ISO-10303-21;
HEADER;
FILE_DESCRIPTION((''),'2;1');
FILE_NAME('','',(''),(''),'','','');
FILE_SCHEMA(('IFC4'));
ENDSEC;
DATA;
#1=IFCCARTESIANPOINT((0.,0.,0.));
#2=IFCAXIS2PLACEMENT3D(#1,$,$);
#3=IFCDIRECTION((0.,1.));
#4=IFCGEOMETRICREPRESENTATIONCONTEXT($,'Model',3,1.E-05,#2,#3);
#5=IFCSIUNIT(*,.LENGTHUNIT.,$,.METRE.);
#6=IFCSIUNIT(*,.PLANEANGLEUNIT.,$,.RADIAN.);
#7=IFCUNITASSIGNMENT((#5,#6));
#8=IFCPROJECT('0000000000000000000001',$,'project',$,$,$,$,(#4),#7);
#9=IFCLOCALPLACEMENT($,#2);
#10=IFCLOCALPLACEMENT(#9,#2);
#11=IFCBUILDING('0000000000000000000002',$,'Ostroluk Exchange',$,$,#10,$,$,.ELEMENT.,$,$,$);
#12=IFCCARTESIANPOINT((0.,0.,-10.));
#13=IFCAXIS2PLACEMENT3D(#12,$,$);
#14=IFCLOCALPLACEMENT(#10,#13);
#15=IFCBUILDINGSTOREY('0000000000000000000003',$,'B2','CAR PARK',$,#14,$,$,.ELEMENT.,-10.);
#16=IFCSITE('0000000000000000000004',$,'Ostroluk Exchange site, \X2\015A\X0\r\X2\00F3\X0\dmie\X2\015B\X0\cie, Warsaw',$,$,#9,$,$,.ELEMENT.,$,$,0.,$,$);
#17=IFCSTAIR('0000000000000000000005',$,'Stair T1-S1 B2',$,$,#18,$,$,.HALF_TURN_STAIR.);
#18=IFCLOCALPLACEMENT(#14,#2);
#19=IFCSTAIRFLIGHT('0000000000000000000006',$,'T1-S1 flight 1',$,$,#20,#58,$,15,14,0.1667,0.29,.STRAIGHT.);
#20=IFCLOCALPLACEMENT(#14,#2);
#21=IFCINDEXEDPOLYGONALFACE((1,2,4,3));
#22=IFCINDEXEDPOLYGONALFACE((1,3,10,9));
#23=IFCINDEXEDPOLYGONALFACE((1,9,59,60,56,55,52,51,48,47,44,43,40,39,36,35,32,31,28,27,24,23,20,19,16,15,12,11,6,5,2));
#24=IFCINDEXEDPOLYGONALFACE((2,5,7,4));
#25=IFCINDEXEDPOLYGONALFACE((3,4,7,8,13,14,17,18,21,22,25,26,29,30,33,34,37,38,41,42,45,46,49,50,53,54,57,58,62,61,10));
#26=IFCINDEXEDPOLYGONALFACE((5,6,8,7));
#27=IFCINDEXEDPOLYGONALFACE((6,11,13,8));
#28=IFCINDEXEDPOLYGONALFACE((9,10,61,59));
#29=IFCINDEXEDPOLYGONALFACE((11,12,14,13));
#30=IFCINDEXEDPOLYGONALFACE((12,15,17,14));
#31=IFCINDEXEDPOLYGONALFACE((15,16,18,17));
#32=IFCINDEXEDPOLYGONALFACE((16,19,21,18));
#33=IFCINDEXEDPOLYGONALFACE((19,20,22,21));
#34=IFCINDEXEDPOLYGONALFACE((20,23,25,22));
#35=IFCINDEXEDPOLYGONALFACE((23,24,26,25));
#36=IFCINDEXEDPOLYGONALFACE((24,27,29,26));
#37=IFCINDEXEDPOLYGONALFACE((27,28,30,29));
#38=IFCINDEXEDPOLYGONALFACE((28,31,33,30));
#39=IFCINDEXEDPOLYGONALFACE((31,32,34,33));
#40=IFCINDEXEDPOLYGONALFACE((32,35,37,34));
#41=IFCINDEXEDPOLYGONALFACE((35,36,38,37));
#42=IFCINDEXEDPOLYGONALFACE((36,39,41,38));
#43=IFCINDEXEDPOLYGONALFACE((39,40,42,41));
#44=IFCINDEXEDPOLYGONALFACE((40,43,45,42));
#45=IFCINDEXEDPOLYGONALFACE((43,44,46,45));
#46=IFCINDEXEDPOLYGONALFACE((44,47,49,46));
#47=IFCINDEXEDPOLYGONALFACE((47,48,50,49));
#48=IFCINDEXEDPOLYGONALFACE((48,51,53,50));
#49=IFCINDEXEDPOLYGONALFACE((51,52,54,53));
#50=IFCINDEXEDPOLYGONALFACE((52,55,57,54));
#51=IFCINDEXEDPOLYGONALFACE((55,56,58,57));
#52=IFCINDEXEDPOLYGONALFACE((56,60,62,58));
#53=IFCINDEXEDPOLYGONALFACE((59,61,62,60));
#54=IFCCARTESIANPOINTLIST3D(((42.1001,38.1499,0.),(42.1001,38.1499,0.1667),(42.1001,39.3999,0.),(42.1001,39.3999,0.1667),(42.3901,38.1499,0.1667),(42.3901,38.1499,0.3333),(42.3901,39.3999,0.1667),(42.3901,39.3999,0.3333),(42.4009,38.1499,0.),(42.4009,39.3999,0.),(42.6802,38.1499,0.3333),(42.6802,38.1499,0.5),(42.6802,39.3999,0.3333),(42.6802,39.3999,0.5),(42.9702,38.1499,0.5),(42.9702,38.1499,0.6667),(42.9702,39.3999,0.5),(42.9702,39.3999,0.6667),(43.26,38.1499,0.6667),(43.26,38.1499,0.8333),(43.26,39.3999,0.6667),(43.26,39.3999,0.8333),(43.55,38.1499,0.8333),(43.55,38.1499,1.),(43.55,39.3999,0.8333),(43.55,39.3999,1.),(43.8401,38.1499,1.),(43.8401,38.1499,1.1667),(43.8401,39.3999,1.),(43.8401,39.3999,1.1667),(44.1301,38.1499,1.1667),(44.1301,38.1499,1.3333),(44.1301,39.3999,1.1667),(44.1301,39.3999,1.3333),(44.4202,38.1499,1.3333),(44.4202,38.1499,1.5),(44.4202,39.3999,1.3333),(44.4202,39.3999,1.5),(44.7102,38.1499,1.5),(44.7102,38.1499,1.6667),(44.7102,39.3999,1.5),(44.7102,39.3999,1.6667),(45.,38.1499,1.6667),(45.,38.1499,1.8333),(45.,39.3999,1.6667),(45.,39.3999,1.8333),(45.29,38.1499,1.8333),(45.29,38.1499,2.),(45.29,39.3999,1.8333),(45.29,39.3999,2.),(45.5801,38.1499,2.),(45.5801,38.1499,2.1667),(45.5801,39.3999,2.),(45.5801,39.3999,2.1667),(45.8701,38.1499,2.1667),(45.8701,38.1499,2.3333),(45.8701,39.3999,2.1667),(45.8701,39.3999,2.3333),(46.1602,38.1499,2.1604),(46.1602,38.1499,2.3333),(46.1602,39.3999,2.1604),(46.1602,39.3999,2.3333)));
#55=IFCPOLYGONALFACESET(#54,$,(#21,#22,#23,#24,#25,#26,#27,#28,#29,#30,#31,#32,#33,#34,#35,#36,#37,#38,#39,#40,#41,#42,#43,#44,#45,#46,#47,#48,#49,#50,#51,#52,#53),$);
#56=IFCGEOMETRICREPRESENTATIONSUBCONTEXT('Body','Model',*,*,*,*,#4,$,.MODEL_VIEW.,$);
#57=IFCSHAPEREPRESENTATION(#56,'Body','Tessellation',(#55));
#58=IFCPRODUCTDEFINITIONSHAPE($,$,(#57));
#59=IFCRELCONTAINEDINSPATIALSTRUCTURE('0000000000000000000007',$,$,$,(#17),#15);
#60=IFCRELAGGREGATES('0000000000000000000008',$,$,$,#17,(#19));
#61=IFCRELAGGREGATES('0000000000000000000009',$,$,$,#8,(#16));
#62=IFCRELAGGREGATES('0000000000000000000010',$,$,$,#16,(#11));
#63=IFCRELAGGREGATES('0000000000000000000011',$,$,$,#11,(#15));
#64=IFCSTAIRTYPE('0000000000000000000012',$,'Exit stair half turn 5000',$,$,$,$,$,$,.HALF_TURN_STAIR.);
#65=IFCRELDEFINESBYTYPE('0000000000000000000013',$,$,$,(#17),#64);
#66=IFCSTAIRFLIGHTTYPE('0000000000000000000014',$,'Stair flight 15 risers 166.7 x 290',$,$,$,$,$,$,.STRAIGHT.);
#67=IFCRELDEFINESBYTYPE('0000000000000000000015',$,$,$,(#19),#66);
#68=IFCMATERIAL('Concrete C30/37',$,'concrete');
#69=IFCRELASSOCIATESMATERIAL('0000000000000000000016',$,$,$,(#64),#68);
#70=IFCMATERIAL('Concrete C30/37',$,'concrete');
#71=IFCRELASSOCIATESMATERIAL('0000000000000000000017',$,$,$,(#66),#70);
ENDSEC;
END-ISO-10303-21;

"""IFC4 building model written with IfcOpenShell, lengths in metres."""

from ifc_helpers import new_model, si_unit, direction, frame, origin, place, context, subcontext, project, spatial, polyline, outline, extrude, material, type_object, element, aggregate, save


model = new_model("IFC4")

# Units and contexts
model_context = context("Model", 3, precision=1e-05, world=origin(), true_north=direction((0.0, 1.0)))
body_context = subcontext(model_context, "Body", "Model", "MODEL_VIEW")
ifc_project = project(units=[si_unit("LENGTHUNIT", "METRE"), si_unit("PLANEANGLEUNIT", "RADIAN")], contexts=[model_context])

# Site, building, storey
site_placement = place(None, origin())
site = spatial("IfcSite", under=ifc_project, at=site_placement, Name="Ostroluk Exchange site, Śródmieście, Warsaw", CompositionType="ELEMENT", RefElevation=0.0)
building_placement = place(site_placement, origin())
building = spatial("IfcBuilding", under=site, at=building_placement, Name="Ostroluk Exchange", CompositionType="ELEMENT")
storey_placement = place(building_placement, frame((0.0, 0.0, -10.0)))
storey = spatial("IfcBuildingStorey", under=building, at=storey_placement, Name="B2", Description="CAR PARK", CompositionType="ELEMENT", Elevation=-10.0)

# Stair, stair flight
ifc_material_1 = material(Name="Concrete C30/37", Category="concrete")
stair_type = type_object("IfcStairType", Name="Exit stair half turn 5000", PredefinedType="HALF_TURN_STAIR", material=ifc_material_1)
stair_placement = place(storey_placement, origin())
stair = element("IfcStair", 1, at=stair_placement, inside=storey, type_object=stair_type, Name="Stair T1-S1 B2", PredefinedType="HALF_TURN_STAIR")
ifc_material_2 = material(Name="Concrete C30/37", Category="concrete")
stair_flight_type = type_object("IfcStairFlightType", Name="Stair flight 15 risers 166.7 x 290", PredefinedType="STRAIGHT", material=ifc_material_2)
stair_flight_placement = place(storey_placement, frame((42.1001, 38.7749, 0.0), z_axis=(0.0, 0.0, 1.0), x_axis=(1.0, 0.0, 0.0)))
stair_flight = element("IfcStairFlight", 2, at=stair_flight_placement, type_object=stair_flight_type, Name="T1-S1 flight 1", NumberOfRisers=15, NumberOfTreads=14, PredefinedType="STRAIGHT", RiserHeight=0.1667, TreadLength=0.29, context=body_context, shape_type="SweptSolid", body=[
    extrude(outline(polyline([(0.0, 0.0), (0.0, 0.1667), (0.29, 0.1667), (0.29, 0.3333), (0.5801, 0.3333), (0.5801, 0.5), (0.8701, 0.5), (0.8701, 0.6667), (1.1599, 0.6667), (1.1599, 0.8333), (1.45, 0.8333), (1.45, 1.0), (1.74, 1.0), (1.74, 1.1667), (2.03, 1.1667), (2.03, 1.3333), (2.3201, 1.3333), (2.3201, 1.5), (2.6101, 1.5), (2.6101, 1.6667), (2.8999, 1.6667), (2.8999, 1.8333), (3.1899, 1.8333), (3.1899, 2.0), (3.48, 2.0), (3.48, 2.1667), (3.77, 2.1667), (3.77, 2.3333), (4.0601, 2.3333), (4.0601, 2.5), (4.0601, 2.1604), (0.3008, 0.0), (0.0, 0.0)])), frame((0.0, 0.625, 0.0), z_axis=(0.0, -1.0, 0.0), x_axis=(1.0, 0.0, 0.0)), (0.0, 0.0, 1.0), 1.25),
])
aggregate(stair, [stair_flight])

save(model, "model.ifc")
